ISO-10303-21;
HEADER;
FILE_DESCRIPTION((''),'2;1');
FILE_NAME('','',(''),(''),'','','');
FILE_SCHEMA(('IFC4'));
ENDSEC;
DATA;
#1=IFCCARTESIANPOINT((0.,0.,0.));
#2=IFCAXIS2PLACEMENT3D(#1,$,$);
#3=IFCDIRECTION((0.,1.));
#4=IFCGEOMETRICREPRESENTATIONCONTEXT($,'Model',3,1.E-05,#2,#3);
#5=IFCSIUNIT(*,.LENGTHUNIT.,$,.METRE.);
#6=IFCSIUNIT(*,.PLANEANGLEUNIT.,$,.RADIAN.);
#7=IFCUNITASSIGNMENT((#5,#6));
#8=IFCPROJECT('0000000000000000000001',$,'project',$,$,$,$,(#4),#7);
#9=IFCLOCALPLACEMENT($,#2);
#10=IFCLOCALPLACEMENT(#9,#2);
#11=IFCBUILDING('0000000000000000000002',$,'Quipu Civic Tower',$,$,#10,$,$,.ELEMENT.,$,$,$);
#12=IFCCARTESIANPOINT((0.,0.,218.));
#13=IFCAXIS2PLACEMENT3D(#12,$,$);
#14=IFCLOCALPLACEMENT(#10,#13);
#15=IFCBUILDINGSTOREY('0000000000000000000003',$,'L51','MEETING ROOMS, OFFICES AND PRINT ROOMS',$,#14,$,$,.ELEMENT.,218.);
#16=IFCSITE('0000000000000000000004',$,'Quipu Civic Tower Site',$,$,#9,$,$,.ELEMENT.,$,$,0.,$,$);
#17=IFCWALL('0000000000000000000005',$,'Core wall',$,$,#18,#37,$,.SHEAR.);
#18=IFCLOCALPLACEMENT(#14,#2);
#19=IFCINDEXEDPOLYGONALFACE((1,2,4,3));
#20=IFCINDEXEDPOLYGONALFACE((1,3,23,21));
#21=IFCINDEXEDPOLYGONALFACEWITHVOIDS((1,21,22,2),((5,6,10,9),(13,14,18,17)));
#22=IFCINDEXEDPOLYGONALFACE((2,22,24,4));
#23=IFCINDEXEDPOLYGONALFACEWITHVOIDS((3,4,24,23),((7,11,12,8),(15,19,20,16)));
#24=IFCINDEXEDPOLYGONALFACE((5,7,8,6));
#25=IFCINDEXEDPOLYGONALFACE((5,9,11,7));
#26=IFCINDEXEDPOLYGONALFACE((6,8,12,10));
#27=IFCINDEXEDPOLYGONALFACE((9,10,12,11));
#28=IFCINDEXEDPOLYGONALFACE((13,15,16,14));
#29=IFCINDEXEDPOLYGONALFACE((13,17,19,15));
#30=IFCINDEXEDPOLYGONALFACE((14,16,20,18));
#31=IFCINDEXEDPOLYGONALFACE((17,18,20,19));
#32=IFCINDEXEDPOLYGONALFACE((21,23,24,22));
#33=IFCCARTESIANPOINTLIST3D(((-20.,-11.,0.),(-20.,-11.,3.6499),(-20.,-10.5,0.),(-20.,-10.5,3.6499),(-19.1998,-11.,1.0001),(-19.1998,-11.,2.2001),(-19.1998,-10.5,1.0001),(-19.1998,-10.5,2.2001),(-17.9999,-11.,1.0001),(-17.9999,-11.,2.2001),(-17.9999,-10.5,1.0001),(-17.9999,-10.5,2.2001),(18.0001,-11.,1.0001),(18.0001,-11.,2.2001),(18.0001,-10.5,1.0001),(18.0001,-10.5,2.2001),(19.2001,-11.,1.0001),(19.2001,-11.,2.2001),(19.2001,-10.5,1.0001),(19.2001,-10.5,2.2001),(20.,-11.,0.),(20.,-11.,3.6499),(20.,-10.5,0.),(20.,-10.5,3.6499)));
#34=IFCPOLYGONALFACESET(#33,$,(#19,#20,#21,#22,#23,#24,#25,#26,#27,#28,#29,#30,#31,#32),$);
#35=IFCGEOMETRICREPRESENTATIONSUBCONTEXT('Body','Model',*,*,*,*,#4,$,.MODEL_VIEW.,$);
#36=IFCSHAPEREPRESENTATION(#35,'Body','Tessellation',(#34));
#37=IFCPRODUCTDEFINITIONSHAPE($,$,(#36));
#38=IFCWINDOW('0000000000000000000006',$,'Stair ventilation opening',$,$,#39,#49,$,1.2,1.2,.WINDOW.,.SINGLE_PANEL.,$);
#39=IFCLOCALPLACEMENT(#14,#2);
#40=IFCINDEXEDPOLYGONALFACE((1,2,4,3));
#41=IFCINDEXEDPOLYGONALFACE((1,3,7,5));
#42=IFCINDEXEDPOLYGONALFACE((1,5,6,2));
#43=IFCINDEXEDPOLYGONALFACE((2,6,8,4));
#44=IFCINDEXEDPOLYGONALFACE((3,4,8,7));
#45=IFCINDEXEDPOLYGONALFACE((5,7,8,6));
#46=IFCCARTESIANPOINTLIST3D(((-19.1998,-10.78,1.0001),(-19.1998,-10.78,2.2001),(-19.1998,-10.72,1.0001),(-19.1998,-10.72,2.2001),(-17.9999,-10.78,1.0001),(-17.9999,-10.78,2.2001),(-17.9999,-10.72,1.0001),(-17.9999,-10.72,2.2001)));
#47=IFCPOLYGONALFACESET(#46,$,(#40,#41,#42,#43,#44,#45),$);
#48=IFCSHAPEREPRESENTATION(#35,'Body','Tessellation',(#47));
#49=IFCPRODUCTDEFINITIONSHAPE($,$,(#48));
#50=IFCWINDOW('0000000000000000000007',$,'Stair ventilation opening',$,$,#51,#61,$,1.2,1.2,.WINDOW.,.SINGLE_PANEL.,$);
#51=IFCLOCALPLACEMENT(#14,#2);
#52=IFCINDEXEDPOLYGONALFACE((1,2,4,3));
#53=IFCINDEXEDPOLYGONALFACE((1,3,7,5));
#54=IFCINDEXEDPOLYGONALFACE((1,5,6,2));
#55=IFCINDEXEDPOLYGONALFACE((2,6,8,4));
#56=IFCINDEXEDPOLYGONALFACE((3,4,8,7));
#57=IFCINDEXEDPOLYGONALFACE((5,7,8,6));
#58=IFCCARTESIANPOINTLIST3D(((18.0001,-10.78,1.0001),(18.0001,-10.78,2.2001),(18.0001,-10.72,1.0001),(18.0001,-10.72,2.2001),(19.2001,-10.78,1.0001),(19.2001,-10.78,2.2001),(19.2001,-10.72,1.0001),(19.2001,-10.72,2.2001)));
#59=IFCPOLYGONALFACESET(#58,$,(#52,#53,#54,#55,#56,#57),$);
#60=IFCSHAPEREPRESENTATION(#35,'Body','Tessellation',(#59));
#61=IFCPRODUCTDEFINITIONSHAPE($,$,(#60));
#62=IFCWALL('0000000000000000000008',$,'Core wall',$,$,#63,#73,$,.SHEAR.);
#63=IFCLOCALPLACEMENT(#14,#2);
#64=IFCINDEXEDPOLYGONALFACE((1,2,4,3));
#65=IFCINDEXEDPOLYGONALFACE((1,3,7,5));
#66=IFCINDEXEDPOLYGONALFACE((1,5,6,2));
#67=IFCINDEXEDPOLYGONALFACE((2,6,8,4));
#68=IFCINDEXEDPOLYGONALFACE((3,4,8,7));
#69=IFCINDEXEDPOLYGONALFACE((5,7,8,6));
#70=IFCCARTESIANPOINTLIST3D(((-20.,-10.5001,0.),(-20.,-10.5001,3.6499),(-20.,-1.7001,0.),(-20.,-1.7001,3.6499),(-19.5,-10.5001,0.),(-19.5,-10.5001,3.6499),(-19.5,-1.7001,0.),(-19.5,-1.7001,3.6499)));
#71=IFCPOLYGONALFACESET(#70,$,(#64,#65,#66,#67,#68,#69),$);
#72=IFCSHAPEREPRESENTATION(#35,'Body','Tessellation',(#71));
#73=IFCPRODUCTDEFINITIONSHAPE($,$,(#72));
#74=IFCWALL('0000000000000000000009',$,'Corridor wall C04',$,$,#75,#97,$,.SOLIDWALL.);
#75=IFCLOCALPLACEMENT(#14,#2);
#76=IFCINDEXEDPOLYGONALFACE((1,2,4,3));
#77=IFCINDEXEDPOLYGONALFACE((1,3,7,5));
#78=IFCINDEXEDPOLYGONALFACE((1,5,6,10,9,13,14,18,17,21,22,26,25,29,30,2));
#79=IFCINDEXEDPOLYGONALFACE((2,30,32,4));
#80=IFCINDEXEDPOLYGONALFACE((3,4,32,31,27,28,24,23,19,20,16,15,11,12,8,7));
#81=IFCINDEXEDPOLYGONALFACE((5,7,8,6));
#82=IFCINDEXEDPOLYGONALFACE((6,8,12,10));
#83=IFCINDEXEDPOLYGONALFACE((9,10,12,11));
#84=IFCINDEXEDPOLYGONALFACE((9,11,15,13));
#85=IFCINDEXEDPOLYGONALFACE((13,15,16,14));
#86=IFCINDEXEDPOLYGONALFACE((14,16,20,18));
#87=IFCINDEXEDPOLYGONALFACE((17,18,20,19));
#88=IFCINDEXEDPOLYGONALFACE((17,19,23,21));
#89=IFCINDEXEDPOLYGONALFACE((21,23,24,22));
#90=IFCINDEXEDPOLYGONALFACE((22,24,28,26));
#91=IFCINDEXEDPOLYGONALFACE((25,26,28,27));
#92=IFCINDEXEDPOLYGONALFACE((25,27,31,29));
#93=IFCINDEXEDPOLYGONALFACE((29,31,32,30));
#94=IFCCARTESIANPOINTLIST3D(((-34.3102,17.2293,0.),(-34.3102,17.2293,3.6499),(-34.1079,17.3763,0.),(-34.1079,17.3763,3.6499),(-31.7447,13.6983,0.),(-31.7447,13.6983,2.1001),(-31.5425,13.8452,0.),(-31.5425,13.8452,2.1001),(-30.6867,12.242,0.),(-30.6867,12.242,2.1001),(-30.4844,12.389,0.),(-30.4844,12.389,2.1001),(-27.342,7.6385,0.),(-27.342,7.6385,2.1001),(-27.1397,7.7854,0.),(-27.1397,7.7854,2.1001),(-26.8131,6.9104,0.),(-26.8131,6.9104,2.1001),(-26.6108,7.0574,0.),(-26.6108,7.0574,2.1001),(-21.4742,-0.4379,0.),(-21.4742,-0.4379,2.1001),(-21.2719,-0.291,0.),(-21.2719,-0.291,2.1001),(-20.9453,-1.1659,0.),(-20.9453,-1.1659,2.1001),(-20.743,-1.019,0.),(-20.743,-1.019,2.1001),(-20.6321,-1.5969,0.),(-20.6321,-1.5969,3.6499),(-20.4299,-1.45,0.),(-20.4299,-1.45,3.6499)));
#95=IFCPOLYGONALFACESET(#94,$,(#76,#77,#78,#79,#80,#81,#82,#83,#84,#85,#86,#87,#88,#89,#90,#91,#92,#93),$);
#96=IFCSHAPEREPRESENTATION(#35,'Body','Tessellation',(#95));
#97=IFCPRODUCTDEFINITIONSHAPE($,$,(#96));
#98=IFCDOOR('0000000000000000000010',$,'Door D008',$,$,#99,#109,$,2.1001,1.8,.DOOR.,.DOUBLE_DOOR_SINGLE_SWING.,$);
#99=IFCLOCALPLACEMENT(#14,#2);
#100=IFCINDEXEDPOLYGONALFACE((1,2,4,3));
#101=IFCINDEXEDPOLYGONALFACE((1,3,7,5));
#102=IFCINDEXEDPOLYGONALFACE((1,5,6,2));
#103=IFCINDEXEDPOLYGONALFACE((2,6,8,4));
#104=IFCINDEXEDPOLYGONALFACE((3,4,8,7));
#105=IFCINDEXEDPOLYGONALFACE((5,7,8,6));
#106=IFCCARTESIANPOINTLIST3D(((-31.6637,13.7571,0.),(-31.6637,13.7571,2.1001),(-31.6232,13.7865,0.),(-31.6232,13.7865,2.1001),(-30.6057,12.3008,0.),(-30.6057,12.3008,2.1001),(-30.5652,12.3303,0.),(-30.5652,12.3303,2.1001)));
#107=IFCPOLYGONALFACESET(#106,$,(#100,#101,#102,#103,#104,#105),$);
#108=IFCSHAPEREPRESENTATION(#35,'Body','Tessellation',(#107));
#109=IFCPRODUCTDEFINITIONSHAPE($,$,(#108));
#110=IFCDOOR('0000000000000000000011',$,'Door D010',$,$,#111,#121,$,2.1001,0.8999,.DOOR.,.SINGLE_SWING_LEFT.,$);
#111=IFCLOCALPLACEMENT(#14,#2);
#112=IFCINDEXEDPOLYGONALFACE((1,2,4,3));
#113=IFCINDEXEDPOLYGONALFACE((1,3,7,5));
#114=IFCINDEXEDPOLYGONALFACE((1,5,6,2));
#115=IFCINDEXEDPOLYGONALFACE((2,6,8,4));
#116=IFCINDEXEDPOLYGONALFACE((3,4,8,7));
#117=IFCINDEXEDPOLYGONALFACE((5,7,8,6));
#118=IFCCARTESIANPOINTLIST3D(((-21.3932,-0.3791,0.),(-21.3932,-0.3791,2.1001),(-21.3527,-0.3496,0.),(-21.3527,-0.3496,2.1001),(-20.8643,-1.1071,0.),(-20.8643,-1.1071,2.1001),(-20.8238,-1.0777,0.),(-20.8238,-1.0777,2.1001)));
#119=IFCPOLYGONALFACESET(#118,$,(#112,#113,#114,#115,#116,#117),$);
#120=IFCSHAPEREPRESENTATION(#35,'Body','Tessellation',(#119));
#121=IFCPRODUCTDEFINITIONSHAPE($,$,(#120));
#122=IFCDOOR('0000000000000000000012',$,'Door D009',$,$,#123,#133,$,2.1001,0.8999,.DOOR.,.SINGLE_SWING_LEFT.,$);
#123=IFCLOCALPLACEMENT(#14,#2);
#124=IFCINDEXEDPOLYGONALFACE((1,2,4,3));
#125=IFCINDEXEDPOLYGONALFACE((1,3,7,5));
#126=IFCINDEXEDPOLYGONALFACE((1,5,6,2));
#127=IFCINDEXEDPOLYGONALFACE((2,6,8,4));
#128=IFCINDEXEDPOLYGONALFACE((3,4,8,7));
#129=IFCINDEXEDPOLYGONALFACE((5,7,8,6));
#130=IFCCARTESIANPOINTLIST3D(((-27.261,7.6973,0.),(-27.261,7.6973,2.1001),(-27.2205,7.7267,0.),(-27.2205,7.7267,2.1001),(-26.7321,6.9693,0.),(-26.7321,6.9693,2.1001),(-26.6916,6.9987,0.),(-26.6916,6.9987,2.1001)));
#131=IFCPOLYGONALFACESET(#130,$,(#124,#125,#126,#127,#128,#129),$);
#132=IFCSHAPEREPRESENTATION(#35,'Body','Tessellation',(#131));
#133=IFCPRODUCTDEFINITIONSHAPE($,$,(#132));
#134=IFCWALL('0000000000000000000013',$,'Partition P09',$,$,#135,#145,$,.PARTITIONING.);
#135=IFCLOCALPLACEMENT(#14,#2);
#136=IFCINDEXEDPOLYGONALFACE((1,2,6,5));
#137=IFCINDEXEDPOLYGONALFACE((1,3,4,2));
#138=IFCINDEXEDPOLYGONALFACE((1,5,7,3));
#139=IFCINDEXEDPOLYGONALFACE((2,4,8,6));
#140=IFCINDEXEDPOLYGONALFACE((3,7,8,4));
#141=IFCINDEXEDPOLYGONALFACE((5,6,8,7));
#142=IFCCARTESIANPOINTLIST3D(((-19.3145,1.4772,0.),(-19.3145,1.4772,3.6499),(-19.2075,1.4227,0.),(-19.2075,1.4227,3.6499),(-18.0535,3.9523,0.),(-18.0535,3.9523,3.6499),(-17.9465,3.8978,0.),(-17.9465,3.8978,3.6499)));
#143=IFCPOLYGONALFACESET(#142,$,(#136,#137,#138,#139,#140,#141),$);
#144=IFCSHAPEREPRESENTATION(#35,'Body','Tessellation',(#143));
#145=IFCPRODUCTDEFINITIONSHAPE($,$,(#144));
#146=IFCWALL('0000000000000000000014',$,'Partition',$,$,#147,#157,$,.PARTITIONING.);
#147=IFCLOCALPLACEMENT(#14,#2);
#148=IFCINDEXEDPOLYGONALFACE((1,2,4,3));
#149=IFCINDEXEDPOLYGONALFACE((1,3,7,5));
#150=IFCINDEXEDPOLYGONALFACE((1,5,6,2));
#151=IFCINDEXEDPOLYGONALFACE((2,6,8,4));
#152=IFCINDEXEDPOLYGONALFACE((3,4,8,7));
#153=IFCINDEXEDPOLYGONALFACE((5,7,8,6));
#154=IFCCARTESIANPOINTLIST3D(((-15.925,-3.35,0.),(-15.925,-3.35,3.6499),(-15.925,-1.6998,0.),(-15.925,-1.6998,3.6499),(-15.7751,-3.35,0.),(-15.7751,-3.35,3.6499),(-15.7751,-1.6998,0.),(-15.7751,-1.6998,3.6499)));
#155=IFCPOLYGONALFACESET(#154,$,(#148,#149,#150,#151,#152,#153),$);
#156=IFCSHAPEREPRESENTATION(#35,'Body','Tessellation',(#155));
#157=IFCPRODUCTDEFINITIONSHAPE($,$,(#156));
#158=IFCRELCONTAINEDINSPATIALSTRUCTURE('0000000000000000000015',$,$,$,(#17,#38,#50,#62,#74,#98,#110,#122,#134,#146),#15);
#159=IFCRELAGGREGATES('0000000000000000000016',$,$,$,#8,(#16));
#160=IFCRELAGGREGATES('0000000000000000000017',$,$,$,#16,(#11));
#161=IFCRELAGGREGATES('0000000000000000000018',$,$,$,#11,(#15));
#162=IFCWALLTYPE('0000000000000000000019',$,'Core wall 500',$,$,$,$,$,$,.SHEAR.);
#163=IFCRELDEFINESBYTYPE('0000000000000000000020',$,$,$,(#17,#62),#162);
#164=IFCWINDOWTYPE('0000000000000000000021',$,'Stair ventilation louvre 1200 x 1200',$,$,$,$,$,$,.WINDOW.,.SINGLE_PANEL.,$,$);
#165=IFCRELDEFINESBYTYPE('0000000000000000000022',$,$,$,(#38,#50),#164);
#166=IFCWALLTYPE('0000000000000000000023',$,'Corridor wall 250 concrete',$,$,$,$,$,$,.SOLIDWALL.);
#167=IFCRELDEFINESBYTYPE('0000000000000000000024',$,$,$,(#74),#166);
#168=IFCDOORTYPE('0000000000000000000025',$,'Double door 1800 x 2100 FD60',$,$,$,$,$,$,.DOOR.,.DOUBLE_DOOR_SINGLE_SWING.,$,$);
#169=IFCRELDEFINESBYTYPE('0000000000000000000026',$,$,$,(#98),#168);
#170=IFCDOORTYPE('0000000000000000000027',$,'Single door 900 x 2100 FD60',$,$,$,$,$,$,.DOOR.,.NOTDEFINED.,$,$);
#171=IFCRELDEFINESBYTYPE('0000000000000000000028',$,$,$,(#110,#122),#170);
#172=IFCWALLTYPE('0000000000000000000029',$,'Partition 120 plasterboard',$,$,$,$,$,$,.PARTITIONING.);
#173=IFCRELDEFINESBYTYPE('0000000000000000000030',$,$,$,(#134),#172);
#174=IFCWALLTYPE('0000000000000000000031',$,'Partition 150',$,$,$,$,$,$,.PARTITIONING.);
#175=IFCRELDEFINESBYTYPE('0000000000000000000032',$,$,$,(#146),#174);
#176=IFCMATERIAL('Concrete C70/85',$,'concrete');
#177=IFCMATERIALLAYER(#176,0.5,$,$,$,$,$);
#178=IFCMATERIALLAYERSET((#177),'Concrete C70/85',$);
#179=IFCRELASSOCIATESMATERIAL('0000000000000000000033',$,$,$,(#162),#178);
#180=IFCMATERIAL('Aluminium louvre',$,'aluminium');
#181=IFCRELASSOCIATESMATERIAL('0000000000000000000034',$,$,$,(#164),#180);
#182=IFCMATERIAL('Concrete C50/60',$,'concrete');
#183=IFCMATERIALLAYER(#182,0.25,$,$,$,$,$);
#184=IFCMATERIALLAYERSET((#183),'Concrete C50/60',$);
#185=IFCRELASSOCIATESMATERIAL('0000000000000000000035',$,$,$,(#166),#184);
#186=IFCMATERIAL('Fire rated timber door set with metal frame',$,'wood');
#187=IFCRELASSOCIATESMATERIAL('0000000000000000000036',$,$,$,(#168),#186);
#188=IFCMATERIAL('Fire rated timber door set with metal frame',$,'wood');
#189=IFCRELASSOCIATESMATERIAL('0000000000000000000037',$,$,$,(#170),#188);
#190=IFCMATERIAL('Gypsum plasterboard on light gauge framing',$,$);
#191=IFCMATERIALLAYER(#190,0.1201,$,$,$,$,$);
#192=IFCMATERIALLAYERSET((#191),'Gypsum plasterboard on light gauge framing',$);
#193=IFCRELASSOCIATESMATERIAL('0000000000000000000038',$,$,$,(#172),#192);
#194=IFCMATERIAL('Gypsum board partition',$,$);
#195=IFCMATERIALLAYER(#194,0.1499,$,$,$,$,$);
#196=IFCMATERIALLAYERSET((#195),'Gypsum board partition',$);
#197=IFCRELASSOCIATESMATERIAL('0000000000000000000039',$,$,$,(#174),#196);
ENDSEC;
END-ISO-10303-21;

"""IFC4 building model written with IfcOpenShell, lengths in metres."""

from ifc_helpers import new_model, si_unit, direction, frame, frame_2d, origin, place, context, subcontext, project, spatial, rectangle, extrude, material, layer, layer_set, type_object, element, fill, save


model = new_model("IFC4")

# Units and contexts
model_context = context("Model", 3, precision=1e-05, world=origin(), true_north=direction((0.0, 1.0)))
body_context = subcontext(model_context, "Body", "Model", "MODEL_VIEW")
ifc_project = project(units=[si_unit("LENGTHUNIT", "METRE"), si_unit("PLANEANGLEUNIT", "RADIAN")], contexts=[model_context])

# Site, building, storey
site_placement = place(None, origin())
site = spatial("IfcSite", under=ifc_project, at=site_placement, Name="Quipu Civic Tower Site", CompositionType="ELEMENT", RefElevation=0.0)
building_placement = place(site_placement, origin())
building = spatial("IfcBuilding", under=site, at=building_placement, Name="Quipu Civic Tower", CompositionType="ELEMENT")
storey_placement = place(building_placement, frame((0.0, 0.0, 218.0)))
storey = spatial("IfcBuildingStorey", under=building, at=storey_placement, Name="L51", Description="MEETING ROOMS, OFFICES AND PRINT ROOMS", CompositionType="ELEMENT", Elevation=218.0)

# Wall, openings, windows
ifc_material_1 = material(Name="Concrete C70/85", Category="concrete")
ifc_layer_1 = layer(ifc_material_1, 0.5)
ifc_layer_set_1 = layer_set([ifc_layer_1], Name="Concrete C70/85")
wall_type_1 = type_object("IfcWallType", Name="Core wall 500", PredefinedType="SHEAR", material=ifc_layer_set_1)
wall_1_placement = place(storey_placement, frame((-20.0, -10.75, 0.0), z_axis=(0.0, 0.0, 1.0), x_axis=(1.0, 0.0, 0.0)))
wall_1 = element("IfcWall", 1, at=wall_1_placement, inside=storey, type_object=wall_type_1, Name="Core wall", PredefinedType="SHEAR", context=body_context, shape_type="SweptSolid", body=[
    extrude(rectangle(XDim=40.0, YDim=0.5, at=frame_2d((20.0, 0.0))), origin(), (0.0, 0.0, 1.0), 3.6499),
])
opening_1_placement = place(wall_1_placement, frame((0.8, 0.0, 1.0)))
opening_1 = element("IfcOpeningElement", 2, at=opening_1_placement, cuts=wall_1, PredefinedType="OPENING", context=body_context, shape_type="SweptSolid", body=[
    extrude(rectangle(XDim=1.2, YDim=1.2, at=frame_2d((0.6001, 0.6001))), frame((0.0, 0.26, 0.0), z_axis=(0.0, -1.0, 0.0), x_axis=(1.0, 0.0, 0.0)), (0.0, 0.0, 1.0), 0.52),
])
opening_2_placement = place(wall_1_placement, frame((38.0, 0.0, 1.0)))
opening_2 = element("IfcOpeningElement", 3, at=opening_2_placement, cuts=wall_1, PredefinedType="OPENING", context=body_context, shape_type="SweptSolid", body=[
    extrude(rectangle(XDim=1.2, YDim=1.2, at=frame_2d((0.6001, 0.6001))), frame((0.0, 0.26, 0.0), z_axis=(0.0, -1.0, 0.0), x_axis=(1.0, 0.0, 0.0)), (0.0, 0.0, 1.0), 0.52),
])
ifc_material_2 = material(Name="Aluminium louvre", Category="aluminium")
window_type = type_object("IfcWindowType", Name="Stair ventilation louvre 1200 x 1200", PartitioningType="SINGLE_PANEL", PredefinedType="WINDOW", material=ifc_material_2)
window_1_placement = place(opening_1_placement, origin())
window_1 = element("IfcWindow", 4, at=window_1_placement, inside=storey, type_object=window_type, Name="Stair ventilation opening", OverallHeight=1.2, OverallWidth=1.2, PartitioningType="SINGLE_PANEL", PredefinedType="WINDOW", context=body_context, shape_type="SweptSolid", body=[
    extrude(rectangle(XDim=1.2, YDim=1.2, at=frame_2d((0.6001, 0.6001))), frame((0.0, 0.03, 0.0), z_axis=(0.0, -1.0, 0.0), x_axis=(1.0, 0.0, 0.0)), (0.0, 0.0, 1.0), 0.0601),
])
fill(opening_1, window_1)
window_2_placement = place(opening_2_placement, origin())
window_2 = element("IfcWindow", 5, at=window_2_placement, inside=storey, type_object=window_type, Name="Stair ventilation opening", OverallHeight=1.2, OverallWidth=1.2, PartitioningType="SINGLE_PANEL", PredefinedType="WINDOW", context=body_context, shape_type="SweptSolid", body=[
    extrude(rectangle(XDim=1.2, YDim=1.2, at=frame_2d((0.6001, 0.6001))), frame((0.0, 0.03, 0.0), z_axis=(0.0, -1.0, 0.0), x_axis=(1.0, 0.0, 0.0)), (0.0, 0.0, 1.0), 0.0601),
])
fill(opening_2, window_2)

# Wall
wall_2_placement = place(storey_placement, frame((-19.75, -10.5, 0.0), z_axis=(0.0, 0.0, 1.0), x_axis=(0.0, 1.0, 0.0)))
element("IfcWall", 6, at=wall_2_placement, inside=storey, type_object=wall_type_1, Name="Core wall", PredefinedType="SHEAR", context=body_context, shape_type="SweptSolid", body=[
    extrude(rectangle(XDim=8.8, YDim=0.5, at=frame_2d((4.3999, 0.0))), origin(), (0.0, 0.0, 1.0), 3.6499),
])

# Wall, openings, doors
ifc_material_3 = material(Name="Concrete C50/60", Category="concrete")
ifc_layer_2 = layer(ifc_material_3, 0.25)
ifc_layer_set_2 = layer_set([ifc_layer_2], Name="Concrete C50/60")
wall_type_2 = type_object("IfcWallType", Name="Corridor wall 250 concrete", PredefinedType="SOLIDWALL", material=ifc_layer_set_2)
wall_3_placement = place(storey_placement, frame((-20.531, -1.5234, 0.0), z_axis=(0.0, 0.0, 1.0), x_axis=(-0.587784, 0.809018, 0.0)))
wall_3 = element("IfcWall", 7, at=wall_3_placement, inside=storey, type_object=wall_type_2, Name="Corridor wall C04", PredefinedType="SOLIDWALL", context=body_context, shape_type="SweptSolid", body=[
    extrude(rectangle(XDim=23.2705, YDim=0.25, at=frame_2d((11.6353, 0.0))), origin(), (0.0, 0.0, 1.0), 3.6499),
])
opening_3_placement = place(wall_3_placement, frame((0.5327, 0.0, 0.0)))
opening_3 = element("IfcOpeningElement", 8, at=opening_3_placement, cuts=wall_3, PredefinedType="OPENING", context=body_context, shape_type="SweptSolid", body=[
    extrude(rectangle(XDim=0.8999, YDim=2.1001, at=frame_2d((0.45, 1.05))), frame((0.0, 0.135, 0.0), z_axis=(0.0, -1.0, 0.0), x_axis=(1.0, 0.0, 0.0)), (0.0, 0.0, 1.0), 0.27),
])
opening_4_placement = place(wall_3_placement, frame((17.106, 0.0, 0.0)))
opening_4 = element("IfcOpeningElement", 9, at=opening_4_placement, cuts=wall_3, PredefinedType="OPENING", context=body_context, shape_type="SweptSolid", body=[
    extrude(rectangle(XDim=1.8, YDim=2.1001, at=frame_2d((0.8999, 1.05))), frame((0.0, 0.135, 0.0), z_axis=(0.0, -1.0, 0.0), x_axis=(1.0, 0.0, 0.0)), (0.0, 0.0, 1.0), 0.27),
])
opening_5_placement = place(wall_3_placement, frame((10.5156, 0.0, 0.0)))
opening_5 = element("IfcOpeningElement", 10, at=opening_5_placement, cuts=wall_3, PredefinedType="OPENING", context=body_context, shape_type="SweptSolid", body=[
    extrude(rectangle(XDim=0.8999, YDim=2.1001, at=frame_2d((0.45, 1.05))), frame((0.0, 0.135, 0.0), z_axis=(0.0, -1.0, 0.0), x_axis=(1.0, 0.0, 0.0)), (0.0, 0.0, 1.0), 0.27),
])
ifc_material_4 = material(Name="Fire rated timber door set with metal frame", Category="wood")
door_type_1 = type_object("IfcDoorType", Name="Double door 1800 x 2100 FD60", OperationType="DOUBLE_DOOR_SINGLE_SWING", PredefinedType="DOOR", material=ifc_material_4)
door_1_placement = place(opening_4_placement, origin())
door_1 = element("IfcDoor", 11, at=door_1_placement, inside=storey, type_object=door_type_1, Name="Door D008", OperationType="DOUBLE_DOOR_SINGLE_SWING", OverallHeight=2.1001, OverallWidth=1.8, PredefinedType="DOOR", context=body_context, shape_type="SweptSolid", body=[
    extrude(rectangle(XDim=1.8, YDim=2.1001, at=frame_2d((0.8999, 1.05))), frame((0.0, 0.0249, 0.0), z_axis=(0.0, -1.0, 0.0), x_axis=(1.0, 0.0, 0.0)), (0.0, 0.0, 1.0), 0.05),
])
fill(opening_4, door_1)
ifc_material_5 = material(Name="Fire rated timber door set with metal frame", Category="wood")
door_type_2 = type_object("IfcDoorType", Name="Single door 900 x 2100 FD60", OperationType="NOTDEFINED", PredefinedType="DOOR", material=ifc_material_5)
door_2_placement = place(opening_3_placement, origin())
door_2 = element("IfcDoor", 12, at=door_2_placement, inside=storey, type_object=door_type_2, Name="Door D010", OperationType="SINGLE_SWING_LEFT", OverallHeight=2.1001, OverallWidth=0.8999, PredefinedType="DOOR", context=body_context, shape_type="SweptSolid", body=[
    extrude(rectangle(XDim=0.8999, YDim=2.1001, at=frame_2d((0.45, 1.05))), frame((0.0, 0.0249, 0.0), z_axis=(0.0, -1.0, 0.0), x_axis=(1.0, 0.0, 0.0)), (0.0, 0.0, 1.0), 0.05),
])
fill(opening_3, door_2)
door_3_placement = place(opening_5_placement, origin())
door_3 = element("IfcDoor", 13, at=door_3_placement, inside=storey, type_object=door_type_2, Name="Door D009", OperationType="SINGLE_SWING_LEFT", OverallHeight=2.1001, OverallWidth=0.8999, PredefinedType="DOOR", context=body_context, shape_type="SweptSolid", body=[
    extrude(rectangle(XDim=0.8999, YDim=2.1001, at=frame_2d((0.45, 1.05))), frame((0.0, 0.0249, 0.0), z_axis=(0.0, -1.0, 0.0), x_axis=(1.0, 0.0, 0.0)), (0.0, 0.0, 1.0), 0.05),
])
fill(opening_5, door_3)

# Walls
ifc_material_6 = material(Name="Gypsum plasterboard on light gauge framing")
ifc_layer_3 = layer(ifc_material_6, 0.1201)
ifc_layer_set_3 = layer_set([ifc_layer_3], Name="Gypsum plasterboard on light gauge framing")
wall_type_3 = type_object("IfcWallType", Name="Partition 120 plasterboard", PredefinedType="PARTITIONING", material=ifc_layer_set_3)
wall_4_placement = place(storey_placement, frame((-19.261, 1.45, 0.0), z_axis=(0.0, 0.0, 1.0), x_axis=(0.453951, 0.891027, 0.0)))
element("IfcWall", 14, at=wall_4_placement, inside=storey, type_object=wall_type_3, Name="Partition P09", PredefinedType="PARTITIONING", context=body_context, shape_type="SweptSolid", body=[
    extrude(rectangle(XDim=2.7778, YDim=0.1201, at=frame_2d((1.3889, 0.0))), origin(), (0.0, 0.0, 1.0), 3.6499),
])
ifc_material_7 = material(Name="Gypsum board partition")
ifc_layer_4 = layer(ifc_material_7, 0.1499)
ifc_layer_set_4 = layer_set([ifc_layer_4], Name="Gypsum board partition")
wall_type_4 = type_object("IfcWallType", Name="Partition 150", PredefinedType="PARTITIONING", material=ifc_layer_set_4)
wall_5_placement = place(storey_placement, frame((-15.8501, -3.3501, 0.0), z_axis=(0.0, 0.0, 1.0), x_axis=(0.0, 1.0, 0.0)))
element("IfcWall", 15, at=wall_5_placement, inside=storey, type_object=wall_type_4, Name="Partition", PredefinedType="PARTITIONING", context=body_context, shape_type="SweptSolid", body=[
    extrude(rectangle(XDim=1.6501, YDim=0.1499, at=frame_2d((0.8252, 0.0))), origin(), (0.0, 0.0, 1.0), 3.6499),
])

save(model, "model.ifc")
